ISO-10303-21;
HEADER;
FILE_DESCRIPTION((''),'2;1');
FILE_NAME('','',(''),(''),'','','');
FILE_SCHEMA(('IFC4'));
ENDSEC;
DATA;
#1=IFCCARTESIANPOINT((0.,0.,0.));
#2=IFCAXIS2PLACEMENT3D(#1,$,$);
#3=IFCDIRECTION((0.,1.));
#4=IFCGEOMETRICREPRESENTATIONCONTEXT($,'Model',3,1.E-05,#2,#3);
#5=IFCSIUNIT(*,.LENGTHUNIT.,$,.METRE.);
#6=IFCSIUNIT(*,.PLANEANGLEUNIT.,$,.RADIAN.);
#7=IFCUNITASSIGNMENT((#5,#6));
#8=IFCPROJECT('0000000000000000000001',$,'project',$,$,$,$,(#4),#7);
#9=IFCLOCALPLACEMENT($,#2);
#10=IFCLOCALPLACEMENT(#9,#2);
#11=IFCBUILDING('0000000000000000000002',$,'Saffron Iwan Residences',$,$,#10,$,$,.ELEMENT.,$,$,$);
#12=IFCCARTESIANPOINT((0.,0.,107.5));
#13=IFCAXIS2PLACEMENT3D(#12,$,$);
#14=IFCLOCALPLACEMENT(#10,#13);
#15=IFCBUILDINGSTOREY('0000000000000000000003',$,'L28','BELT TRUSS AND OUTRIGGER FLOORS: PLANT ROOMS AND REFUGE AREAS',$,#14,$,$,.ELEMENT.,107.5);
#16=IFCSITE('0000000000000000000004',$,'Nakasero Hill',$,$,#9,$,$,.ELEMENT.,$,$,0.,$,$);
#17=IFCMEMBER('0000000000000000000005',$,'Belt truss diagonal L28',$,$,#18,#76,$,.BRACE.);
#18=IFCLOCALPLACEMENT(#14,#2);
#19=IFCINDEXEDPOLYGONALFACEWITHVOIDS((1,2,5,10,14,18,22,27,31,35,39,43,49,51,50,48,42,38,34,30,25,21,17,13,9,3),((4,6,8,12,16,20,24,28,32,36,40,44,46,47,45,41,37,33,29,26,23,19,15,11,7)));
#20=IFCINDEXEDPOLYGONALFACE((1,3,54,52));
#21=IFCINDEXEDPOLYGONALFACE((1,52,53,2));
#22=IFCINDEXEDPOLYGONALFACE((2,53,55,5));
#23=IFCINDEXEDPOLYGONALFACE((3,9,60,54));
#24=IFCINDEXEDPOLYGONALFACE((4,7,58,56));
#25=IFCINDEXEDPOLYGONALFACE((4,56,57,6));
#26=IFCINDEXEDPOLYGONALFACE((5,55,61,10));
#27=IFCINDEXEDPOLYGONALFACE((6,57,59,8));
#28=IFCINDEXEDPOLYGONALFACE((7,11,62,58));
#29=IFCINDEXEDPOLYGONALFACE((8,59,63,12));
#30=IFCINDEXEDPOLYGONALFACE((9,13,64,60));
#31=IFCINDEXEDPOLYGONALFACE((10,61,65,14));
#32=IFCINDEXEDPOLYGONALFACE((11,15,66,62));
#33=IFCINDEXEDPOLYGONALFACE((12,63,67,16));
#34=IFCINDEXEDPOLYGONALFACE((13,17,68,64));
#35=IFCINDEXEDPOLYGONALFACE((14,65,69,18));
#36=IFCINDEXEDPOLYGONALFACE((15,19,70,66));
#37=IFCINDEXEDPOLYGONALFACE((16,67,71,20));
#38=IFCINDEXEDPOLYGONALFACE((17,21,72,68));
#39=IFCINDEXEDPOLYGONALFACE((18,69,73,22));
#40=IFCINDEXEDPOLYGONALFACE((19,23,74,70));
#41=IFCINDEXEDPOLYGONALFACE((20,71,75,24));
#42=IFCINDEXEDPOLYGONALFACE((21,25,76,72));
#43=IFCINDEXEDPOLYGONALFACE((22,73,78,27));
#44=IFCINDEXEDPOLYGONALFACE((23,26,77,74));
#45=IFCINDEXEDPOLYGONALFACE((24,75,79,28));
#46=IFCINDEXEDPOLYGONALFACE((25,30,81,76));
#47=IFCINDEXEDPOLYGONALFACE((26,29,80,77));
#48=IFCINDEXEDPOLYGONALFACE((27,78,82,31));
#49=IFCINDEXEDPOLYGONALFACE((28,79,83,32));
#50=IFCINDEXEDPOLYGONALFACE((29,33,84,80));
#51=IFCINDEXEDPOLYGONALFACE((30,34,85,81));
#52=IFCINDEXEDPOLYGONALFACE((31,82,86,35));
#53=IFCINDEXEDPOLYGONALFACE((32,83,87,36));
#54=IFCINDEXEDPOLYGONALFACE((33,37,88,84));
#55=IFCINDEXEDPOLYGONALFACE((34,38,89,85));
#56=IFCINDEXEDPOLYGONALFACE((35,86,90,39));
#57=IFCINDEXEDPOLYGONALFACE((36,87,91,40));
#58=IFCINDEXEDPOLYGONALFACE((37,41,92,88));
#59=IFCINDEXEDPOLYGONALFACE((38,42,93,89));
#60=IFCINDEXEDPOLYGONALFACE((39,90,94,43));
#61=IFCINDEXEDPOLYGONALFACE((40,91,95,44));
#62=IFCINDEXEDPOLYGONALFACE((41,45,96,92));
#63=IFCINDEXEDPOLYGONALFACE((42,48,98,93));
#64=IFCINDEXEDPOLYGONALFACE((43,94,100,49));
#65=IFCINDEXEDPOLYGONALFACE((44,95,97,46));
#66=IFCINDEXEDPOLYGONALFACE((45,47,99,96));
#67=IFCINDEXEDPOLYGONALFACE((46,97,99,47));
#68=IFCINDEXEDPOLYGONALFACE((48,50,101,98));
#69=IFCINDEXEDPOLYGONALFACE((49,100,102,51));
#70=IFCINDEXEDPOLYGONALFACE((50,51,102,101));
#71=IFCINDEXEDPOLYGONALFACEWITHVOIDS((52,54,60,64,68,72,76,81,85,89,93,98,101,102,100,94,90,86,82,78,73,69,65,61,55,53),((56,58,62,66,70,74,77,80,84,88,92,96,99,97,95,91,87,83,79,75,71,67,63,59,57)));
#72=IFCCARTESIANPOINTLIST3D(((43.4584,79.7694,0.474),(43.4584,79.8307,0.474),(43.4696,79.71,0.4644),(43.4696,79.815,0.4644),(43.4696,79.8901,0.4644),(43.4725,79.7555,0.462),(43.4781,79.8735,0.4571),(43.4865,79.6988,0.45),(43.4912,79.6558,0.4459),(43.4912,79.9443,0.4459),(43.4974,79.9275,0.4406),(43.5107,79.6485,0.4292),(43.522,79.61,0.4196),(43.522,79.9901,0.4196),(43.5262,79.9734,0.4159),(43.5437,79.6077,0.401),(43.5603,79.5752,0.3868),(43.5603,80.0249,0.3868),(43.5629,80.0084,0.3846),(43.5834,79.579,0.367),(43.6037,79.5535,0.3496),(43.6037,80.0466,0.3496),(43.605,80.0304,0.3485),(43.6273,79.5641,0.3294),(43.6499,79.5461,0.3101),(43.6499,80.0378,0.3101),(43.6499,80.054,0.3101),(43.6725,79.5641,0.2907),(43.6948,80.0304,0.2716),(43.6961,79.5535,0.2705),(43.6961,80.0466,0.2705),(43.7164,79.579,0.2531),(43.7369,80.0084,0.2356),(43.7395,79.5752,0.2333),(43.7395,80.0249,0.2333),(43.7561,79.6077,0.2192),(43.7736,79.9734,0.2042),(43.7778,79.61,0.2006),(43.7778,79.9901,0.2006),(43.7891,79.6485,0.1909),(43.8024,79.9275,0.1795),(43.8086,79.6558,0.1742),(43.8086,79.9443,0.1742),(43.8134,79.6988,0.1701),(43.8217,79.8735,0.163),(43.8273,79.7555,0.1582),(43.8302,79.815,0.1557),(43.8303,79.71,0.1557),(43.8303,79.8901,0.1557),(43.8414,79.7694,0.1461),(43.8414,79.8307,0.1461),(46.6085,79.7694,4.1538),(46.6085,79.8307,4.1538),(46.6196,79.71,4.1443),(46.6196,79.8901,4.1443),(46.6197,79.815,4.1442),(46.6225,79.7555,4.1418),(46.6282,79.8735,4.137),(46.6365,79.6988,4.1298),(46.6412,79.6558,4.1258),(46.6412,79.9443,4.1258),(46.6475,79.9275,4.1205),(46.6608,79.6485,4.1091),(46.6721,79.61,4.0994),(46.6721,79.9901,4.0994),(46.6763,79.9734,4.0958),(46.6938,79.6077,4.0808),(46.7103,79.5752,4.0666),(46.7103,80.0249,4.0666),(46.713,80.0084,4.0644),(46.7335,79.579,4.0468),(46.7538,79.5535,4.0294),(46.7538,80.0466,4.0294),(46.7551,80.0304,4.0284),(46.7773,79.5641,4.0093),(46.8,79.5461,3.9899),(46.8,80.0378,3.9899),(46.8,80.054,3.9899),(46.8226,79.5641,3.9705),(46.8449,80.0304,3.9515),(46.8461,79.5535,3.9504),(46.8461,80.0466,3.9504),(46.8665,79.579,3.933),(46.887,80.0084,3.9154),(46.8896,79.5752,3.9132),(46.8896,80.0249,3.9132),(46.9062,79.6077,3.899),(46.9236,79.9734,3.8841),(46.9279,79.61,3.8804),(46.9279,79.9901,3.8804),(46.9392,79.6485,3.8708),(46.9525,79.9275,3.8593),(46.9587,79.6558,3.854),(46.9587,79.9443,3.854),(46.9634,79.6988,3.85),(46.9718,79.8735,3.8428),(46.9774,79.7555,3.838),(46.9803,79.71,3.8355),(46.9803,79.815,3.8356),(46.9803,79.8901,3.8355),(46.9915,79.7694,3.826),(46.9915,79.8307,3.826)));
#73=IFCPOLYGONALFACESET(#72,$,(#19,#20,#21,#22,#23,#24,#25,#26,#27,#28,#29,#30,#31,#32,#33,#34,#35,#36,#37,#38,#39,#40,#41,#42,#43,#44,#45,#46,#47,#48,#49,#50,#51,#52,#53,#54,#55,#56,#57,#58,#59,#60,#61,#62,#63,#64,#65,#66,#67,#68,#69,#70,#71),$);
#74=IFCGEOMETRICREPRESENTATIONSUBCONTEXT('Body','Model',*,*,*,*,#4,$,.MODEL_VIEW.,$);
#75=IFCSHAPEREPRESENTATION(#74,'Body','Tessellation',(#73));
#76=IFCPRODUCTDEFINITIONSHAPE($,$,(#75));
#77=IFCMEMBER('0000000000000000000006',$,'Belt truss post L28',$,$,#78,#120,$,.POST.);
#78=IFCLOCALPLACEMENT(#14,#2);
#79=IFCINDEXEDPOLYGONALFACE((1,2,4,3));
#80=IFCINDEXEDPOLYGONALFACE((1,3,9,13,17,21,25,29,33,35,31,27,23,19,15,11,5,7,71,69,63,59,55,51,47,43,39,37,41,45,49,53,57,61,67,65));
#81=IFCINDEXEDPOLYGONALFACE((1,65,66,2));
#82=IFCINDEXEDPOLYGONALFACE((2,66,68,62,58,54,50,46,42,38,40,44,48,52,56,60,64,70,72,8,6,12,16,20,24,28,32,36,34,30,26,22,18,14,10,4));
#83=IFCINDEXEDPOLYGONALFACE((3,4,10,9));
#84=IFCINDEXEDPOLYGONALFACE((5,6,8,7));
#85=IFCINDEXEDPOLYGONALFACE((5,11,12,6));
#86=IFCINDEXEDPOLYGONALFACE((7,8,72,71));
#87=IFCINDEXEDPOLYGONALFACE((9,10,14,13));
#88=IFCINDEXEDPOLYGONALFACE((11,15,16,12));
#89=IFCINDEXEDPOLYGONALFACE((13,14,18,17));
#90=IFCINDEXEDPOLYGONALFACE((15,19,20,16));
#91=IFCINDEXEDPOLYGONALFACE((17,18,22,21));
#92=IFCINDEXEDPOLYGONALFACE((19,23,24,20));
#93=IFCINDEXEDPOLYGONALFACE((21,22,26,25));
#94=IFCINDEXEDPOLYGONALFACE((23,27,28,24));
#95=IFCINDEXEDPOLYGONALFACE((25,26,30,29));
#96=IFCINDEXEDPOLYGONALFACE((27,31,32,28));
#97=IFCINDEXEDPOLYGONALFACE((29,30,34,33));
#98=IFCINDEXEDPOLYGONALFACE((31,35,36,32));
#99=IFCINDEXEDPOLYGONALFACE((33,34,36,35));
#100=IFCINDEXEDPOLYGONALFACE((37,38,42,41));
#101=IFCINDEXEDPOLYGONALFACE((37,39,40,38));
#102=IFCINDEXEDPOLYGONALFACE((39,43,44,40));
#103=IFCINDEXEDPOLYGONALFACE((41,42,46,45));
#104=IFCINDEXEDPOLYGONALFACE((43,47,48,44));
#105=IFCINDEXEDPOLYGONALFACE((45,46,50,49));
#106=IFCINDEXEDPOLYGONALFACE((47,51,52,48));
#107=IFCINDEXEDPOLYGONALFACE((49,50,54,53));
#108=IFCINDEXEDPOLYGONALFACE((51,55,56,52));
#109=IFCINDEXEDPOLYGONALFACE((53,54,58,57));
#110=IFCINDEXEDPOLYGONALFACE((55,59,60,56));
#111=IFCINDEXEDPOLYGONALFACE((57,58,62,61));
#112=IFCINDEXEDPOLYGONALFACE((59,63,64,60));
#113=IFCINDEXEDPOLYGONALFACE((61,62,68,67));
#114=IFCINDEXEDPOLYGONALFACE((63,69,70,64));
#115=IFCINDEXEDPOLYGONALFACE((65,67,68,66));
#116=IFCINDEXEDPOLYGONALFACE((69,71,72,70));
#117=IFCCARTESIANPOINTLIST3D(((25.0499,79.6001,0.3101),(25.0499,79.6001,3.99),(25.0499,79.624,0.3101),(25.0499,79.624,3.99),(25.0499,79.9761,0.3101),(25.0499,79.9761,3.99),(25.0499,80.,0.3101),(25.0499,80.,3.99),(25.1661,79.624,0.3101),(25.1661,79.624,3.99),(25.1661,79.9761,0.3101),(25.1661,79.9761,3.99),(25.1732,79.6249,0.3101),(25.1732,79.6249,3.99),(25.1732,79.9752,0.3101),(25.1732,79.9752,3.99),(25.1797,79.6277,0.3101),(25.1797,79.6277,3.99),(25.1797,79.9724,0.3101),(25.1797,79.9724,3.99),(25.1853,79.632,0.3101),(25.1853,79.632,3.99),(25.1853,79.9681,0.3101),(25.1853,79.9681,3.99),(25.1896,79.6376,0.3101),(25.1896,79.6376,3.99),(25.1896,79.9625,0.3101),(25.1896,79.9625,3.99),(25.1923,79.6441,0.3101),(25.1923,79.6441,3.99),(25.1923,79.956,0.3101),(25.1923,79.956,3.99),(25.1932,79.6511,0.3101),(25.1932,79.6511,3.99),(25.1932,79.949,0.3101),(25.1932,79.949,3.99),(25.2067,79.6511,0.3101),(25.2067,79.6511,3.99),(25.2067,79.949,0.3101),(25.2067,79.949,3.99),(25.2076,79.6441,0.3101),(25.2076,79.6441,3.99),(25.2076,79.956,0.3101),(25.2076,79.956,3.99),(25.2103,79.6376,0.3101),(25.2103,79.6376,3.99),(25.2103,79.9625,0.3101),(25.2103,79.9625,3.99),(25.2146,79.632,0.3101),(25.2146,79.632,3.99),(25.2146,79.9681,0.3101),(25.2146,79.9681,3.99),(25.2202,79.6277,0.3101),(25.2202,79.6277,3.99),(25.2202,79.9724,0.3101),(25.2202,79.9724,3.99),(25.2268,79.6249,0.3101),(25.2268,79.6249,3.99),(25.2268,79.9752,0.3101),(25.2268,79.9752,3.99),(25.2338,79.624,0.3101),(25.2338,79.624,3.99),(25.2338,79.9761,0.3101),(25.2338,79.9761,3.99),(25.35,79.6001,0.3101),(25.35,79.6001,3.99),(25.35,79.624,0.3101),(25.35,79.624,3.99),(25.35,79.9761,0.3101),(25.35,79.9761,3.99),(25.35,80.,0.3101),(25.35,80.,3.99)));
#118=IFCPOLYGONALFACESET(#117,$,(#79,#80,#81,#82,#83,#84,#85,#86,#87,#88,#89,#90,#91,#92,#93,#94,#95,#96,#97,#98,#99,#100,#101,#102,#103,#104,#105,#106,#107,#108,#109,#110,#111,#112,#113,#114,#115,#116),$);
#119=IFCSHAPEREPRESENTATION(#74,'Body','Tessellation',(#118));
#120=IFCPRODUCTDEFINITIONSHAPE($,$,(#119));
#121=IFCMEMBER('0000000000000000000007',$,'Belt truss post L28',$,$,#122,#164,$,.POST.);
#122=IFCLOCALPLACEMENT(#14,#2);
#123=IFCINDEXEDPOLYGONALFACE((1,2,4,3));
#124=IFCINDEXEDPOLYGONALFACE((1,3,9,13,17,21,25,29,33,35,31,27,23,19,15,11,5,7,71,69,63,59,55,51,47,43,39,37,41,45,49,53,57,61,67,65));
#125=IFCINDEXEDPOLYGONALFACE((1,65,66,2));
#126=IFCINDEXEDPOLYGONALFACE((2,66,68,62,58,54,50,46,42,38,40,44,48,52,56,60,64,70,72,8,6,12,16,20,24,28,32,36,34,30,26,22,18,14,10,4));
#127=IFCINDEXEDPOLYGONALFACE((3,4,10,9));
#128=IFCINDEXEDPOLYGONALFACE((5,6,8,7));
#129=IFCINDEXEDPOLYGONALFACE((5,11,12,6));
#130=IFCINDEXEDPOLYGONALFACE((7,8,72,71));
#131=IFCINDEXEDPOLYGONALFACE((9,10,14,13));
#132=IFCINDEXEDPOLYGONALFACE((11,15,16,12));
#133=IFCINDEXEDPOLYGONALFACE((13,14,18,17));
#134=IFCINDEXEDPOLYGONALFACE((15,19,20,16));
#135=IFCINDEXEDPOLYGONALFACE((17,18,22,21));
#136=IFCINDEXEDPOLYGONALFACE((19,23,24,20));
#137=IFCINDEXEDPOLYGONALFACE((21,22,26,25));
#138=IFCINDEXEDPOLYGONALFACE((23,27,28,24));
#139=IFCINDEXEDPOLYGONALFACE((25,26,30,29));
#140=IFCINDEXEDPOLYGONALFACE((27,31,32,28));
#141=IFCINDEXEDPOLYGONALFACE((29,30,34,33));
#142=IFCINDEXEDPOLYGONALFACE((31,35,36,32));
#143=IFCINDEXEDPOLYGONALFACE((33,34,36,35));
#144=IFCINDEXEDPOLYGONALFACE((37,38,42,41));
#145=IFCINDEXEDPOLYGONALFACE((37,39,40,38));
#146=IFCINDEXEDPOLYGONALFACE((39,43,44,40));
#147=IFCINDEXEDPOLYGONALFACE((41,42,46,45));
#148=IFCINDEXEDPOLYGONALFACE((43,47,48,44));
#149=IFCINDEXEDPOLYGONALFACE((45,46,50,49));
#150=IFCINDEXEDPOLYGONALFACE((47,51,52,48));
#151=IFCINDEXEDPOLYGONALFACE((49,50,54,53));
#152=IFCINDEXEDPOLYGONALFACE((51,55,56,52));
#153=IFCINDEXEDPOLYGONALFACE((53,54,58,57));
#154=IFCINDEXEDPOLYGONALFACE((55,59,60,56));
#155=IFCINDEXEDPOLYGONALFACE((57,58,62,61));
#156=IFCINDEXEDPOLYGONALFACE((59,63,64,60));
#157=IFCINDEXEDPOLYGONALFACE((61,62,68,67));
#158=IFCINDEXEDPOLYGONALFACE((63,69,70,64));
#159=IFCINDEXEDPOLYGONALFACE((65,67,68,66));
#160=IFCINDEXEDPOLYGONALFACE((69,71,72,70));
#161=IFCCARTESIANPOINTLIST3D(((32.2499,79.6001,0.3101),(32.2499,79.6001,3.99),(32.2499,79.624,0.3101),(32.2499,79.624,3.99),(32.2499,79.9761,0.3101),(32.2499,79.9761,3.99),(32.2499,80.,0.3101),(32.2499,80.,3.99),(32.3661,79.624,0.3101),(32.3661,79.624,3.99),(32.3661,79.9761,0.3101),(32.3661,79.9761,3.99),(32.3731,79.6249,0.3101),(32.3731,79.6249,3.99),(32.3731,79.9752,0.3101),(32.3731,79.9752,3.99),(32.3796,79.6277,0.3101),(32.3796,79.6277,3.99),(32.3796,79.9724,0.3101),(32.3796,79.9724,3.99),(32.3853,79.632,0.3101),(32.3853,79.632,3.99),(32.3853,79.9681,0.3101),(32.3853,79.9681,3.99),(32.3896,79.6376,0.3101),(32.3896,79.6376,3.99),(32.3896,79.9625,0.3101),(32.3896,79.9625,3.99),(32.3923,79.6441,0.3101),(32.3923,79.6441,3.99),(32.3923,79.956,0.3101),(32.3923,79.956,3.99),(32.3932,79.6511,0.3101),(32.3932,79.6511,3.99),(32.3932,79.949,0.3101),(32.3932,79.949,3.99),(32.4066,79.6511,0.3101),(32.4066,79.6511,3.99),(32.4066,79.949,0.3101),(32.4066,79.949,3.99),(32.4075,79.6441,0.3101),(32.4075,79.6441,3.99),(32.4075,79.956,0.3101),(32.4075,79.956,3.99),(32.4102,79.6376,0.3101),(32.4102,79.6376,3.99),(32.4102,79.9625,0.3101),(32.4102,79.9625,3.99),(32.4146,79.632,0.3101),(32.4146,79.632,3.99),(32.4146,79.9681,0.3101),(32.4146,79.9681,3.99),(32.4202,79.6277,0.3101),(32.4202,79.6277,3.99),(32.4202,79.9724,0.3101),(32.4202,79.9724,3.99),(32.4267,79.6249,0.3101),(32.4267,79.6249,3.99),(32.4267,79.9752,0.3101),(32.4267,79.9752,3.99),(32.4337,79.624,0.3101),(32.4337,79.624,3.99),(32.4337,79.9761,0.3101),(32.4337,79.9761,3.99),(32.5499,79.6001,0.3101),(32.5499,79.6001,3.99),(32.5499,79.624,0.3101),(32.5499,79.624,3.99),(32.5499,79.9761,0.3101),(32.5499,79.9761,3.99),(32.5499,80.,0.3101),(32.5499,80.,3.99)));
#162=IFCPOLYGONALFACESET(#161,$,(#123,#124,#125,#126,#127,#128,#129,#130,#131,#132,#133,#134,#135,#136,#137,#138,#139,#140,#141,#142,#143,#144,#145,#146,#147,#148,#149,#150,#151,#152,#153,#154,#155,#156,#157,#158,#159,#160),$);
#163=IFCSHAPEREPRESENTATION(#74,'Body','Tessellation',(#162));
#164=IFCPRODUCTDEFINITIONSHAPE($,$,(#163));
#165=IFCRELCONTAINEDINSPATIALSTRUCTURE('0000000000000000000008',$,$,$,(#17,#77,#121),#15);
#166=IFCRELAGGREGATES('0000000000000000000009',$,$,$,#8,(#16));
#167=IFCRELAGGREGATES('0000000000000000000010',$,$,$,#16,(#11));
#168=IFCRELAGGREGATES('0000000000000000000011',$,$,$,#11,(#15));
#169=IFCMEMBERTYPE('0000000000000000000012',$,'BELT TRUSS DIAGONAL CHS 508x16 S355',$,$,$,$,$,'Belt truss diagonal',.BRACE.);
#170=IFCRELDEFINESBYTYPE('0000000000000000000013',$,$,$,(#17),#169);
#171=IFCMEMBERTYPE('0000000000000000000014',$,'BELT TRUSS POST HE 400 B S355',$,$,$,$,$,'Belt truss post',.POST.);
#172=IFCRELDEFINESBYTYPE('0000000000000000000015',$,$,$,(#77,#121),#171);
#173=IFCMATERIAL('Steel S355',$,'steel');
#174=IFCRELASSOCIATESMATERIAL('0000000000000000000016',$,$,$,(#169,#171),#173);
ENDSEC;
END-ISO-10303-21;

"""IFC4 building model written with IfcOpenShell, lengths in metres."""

from ifc_helpers import new_model, si_unit, direction, frame, origin, origin_2d, place, context, subcontext, project, spatial, hollow_circle, i_section, extrude, source, transform, mapped, material, material_profile, profile_set, type_object, element, save


model = new_model("IFC4")

# Units and contexts
model_context = context("Model", 3, precision=1e-05, world=origin(), true_north=direction((0.0, 1.0)))
body_context = subcontext(model_context, "Body", "Model", "MODEL_VIEW")
ifc_project = project(units=[si_unit("LENGTHUNIT", "METRE"), si_unit("PLANEANGLEUNIT", "RADIAN")], contexts=[model_context])

# Site, building, storey
site_placement = place(None, origin())
site = spatial("IfcSite", under=ifc_project, at=site_placement, Name="Nakasero Hill", CompositionType="ELEMENT", RefElevation=0.0)
building_placement = place(site_placement, origin())
building = spatial("IfcBuilding", under=site, at=building_placement, Name="Saffron Iwan Residences", CompositionType="ELEMENT")
storey_placement = place(building_placement, frame((0.0, 0.0, 107.5)))
storey = spatial("IfcBuildingStorey", under=building, at=storey_placement, Name="L28", Description="BELT TRUSS AND OUTRIGGER FLOORS: PLANT ROOMS AND REFUGE AREAS", CompositionType="ELEMENT", Elevation=107.5)

# Members
ifc_material_1 = material(Name="Steel S355", Category="steel")
ifc_material_profile_1 = material_profile(ifc_material_1, hollow_circle(Radius=0.2539, WallThickness=0.0161, at=origin_2d()), Name="CHS 508x16")
ifc_profile_set_1 = profile_set([ifc_material_profile_1], Name="Steel S355")
member_type_1 = type_object("IfcMemberType", Name="BELT TRUSS DIAGONAL CHS 508x16 S355", ElementType="Belt truss diagonal", PredefinedType="BRACE", material=ifc_profile_set_1)
shared_shape_1 = source(origin(), body_context, "Body", "SweptSolid", [
    extrude(hollow_circle(Radius=0.2539, WallThickness=0.0161, at=origin_2d()), origin(), (0.0, 0.0, 1.0), 4.844),
])
for number, where, z_axis, x_axis, name in (
    (1, (43.6499, 79.8, 0.3101), (0.650306, 0.0, 0.759673), (0.0, 1.0, 0.0), "Belt truss diagonal L28"),
):
    element("IfcMember", number, at=place(storey_placement, frame(where, z_axis=z_axis, x_axis=x_axis)), inside=storey, type_object=member_type_1, Name=name, PredefinedType="BRACE", context=body_context, shape_type="MappedRepresentation", body=[
        mapped(shared_shape_1, transform((0.0, 0.0, 0.0))),
    ])
ifc_material_profile_2 = material_profile(ifc_material_1, i_section(OverallWidth=0.3, OverallDepth=0.3999, WebThickness=0.0134, FlangeThickness=0.0239, FilletRadius=0.0271, at=origin_2d()), Name="HE 400 B")
ifc_profile_set_2 = profile_set([ifc_material_profile_2], Name="Steel S355")
member_type_2 = type_object("IfcMemberType", Name="BELT TRUSS POST HE 400 B S355", ElementType="Belt truss post", PredefinedType="POST", material=ifc_profile_set_2)
shared_shape_2 = source(origin(), body_context, "Body", "SweptSolid", [
    extrude(i_section(OverallWidth=0.3, OverallDepth=0.3999, WebThickness=0.0134, FlangeThickness=0.0239, FilletRadius=0.0271, at=origin_2d()), origin(), (0.0, 0.0, 1.0), 3.6799),
])
for number, where, z_axis, x_axis, name in (
    (2, (25.2, 79.8, 0.3101), (0.0, 0.0, 1.0), (1.0, 0.0, 0.0), "Belt truss post L28"),
    (3, (32.3999, 79.8, 0.3101), (0.0, 0.0, 1.0), (1.0, 0.0, 0.0), "Belt truss post L28"),
):
    element("IfcMember", number, at=place(storey_placement, frame(where, z_axis=z_axis, x_axis=x_axis)), inside=storey, type_object=member_type_2, Name=name, PredefinedType="POST", context=body_context, shape_type="MappedRepresentation", body=[
        mapped(shared_shape_2, transform((0.0, 0.0, 0.0))),
    ])

save(model, "model.ifc")
